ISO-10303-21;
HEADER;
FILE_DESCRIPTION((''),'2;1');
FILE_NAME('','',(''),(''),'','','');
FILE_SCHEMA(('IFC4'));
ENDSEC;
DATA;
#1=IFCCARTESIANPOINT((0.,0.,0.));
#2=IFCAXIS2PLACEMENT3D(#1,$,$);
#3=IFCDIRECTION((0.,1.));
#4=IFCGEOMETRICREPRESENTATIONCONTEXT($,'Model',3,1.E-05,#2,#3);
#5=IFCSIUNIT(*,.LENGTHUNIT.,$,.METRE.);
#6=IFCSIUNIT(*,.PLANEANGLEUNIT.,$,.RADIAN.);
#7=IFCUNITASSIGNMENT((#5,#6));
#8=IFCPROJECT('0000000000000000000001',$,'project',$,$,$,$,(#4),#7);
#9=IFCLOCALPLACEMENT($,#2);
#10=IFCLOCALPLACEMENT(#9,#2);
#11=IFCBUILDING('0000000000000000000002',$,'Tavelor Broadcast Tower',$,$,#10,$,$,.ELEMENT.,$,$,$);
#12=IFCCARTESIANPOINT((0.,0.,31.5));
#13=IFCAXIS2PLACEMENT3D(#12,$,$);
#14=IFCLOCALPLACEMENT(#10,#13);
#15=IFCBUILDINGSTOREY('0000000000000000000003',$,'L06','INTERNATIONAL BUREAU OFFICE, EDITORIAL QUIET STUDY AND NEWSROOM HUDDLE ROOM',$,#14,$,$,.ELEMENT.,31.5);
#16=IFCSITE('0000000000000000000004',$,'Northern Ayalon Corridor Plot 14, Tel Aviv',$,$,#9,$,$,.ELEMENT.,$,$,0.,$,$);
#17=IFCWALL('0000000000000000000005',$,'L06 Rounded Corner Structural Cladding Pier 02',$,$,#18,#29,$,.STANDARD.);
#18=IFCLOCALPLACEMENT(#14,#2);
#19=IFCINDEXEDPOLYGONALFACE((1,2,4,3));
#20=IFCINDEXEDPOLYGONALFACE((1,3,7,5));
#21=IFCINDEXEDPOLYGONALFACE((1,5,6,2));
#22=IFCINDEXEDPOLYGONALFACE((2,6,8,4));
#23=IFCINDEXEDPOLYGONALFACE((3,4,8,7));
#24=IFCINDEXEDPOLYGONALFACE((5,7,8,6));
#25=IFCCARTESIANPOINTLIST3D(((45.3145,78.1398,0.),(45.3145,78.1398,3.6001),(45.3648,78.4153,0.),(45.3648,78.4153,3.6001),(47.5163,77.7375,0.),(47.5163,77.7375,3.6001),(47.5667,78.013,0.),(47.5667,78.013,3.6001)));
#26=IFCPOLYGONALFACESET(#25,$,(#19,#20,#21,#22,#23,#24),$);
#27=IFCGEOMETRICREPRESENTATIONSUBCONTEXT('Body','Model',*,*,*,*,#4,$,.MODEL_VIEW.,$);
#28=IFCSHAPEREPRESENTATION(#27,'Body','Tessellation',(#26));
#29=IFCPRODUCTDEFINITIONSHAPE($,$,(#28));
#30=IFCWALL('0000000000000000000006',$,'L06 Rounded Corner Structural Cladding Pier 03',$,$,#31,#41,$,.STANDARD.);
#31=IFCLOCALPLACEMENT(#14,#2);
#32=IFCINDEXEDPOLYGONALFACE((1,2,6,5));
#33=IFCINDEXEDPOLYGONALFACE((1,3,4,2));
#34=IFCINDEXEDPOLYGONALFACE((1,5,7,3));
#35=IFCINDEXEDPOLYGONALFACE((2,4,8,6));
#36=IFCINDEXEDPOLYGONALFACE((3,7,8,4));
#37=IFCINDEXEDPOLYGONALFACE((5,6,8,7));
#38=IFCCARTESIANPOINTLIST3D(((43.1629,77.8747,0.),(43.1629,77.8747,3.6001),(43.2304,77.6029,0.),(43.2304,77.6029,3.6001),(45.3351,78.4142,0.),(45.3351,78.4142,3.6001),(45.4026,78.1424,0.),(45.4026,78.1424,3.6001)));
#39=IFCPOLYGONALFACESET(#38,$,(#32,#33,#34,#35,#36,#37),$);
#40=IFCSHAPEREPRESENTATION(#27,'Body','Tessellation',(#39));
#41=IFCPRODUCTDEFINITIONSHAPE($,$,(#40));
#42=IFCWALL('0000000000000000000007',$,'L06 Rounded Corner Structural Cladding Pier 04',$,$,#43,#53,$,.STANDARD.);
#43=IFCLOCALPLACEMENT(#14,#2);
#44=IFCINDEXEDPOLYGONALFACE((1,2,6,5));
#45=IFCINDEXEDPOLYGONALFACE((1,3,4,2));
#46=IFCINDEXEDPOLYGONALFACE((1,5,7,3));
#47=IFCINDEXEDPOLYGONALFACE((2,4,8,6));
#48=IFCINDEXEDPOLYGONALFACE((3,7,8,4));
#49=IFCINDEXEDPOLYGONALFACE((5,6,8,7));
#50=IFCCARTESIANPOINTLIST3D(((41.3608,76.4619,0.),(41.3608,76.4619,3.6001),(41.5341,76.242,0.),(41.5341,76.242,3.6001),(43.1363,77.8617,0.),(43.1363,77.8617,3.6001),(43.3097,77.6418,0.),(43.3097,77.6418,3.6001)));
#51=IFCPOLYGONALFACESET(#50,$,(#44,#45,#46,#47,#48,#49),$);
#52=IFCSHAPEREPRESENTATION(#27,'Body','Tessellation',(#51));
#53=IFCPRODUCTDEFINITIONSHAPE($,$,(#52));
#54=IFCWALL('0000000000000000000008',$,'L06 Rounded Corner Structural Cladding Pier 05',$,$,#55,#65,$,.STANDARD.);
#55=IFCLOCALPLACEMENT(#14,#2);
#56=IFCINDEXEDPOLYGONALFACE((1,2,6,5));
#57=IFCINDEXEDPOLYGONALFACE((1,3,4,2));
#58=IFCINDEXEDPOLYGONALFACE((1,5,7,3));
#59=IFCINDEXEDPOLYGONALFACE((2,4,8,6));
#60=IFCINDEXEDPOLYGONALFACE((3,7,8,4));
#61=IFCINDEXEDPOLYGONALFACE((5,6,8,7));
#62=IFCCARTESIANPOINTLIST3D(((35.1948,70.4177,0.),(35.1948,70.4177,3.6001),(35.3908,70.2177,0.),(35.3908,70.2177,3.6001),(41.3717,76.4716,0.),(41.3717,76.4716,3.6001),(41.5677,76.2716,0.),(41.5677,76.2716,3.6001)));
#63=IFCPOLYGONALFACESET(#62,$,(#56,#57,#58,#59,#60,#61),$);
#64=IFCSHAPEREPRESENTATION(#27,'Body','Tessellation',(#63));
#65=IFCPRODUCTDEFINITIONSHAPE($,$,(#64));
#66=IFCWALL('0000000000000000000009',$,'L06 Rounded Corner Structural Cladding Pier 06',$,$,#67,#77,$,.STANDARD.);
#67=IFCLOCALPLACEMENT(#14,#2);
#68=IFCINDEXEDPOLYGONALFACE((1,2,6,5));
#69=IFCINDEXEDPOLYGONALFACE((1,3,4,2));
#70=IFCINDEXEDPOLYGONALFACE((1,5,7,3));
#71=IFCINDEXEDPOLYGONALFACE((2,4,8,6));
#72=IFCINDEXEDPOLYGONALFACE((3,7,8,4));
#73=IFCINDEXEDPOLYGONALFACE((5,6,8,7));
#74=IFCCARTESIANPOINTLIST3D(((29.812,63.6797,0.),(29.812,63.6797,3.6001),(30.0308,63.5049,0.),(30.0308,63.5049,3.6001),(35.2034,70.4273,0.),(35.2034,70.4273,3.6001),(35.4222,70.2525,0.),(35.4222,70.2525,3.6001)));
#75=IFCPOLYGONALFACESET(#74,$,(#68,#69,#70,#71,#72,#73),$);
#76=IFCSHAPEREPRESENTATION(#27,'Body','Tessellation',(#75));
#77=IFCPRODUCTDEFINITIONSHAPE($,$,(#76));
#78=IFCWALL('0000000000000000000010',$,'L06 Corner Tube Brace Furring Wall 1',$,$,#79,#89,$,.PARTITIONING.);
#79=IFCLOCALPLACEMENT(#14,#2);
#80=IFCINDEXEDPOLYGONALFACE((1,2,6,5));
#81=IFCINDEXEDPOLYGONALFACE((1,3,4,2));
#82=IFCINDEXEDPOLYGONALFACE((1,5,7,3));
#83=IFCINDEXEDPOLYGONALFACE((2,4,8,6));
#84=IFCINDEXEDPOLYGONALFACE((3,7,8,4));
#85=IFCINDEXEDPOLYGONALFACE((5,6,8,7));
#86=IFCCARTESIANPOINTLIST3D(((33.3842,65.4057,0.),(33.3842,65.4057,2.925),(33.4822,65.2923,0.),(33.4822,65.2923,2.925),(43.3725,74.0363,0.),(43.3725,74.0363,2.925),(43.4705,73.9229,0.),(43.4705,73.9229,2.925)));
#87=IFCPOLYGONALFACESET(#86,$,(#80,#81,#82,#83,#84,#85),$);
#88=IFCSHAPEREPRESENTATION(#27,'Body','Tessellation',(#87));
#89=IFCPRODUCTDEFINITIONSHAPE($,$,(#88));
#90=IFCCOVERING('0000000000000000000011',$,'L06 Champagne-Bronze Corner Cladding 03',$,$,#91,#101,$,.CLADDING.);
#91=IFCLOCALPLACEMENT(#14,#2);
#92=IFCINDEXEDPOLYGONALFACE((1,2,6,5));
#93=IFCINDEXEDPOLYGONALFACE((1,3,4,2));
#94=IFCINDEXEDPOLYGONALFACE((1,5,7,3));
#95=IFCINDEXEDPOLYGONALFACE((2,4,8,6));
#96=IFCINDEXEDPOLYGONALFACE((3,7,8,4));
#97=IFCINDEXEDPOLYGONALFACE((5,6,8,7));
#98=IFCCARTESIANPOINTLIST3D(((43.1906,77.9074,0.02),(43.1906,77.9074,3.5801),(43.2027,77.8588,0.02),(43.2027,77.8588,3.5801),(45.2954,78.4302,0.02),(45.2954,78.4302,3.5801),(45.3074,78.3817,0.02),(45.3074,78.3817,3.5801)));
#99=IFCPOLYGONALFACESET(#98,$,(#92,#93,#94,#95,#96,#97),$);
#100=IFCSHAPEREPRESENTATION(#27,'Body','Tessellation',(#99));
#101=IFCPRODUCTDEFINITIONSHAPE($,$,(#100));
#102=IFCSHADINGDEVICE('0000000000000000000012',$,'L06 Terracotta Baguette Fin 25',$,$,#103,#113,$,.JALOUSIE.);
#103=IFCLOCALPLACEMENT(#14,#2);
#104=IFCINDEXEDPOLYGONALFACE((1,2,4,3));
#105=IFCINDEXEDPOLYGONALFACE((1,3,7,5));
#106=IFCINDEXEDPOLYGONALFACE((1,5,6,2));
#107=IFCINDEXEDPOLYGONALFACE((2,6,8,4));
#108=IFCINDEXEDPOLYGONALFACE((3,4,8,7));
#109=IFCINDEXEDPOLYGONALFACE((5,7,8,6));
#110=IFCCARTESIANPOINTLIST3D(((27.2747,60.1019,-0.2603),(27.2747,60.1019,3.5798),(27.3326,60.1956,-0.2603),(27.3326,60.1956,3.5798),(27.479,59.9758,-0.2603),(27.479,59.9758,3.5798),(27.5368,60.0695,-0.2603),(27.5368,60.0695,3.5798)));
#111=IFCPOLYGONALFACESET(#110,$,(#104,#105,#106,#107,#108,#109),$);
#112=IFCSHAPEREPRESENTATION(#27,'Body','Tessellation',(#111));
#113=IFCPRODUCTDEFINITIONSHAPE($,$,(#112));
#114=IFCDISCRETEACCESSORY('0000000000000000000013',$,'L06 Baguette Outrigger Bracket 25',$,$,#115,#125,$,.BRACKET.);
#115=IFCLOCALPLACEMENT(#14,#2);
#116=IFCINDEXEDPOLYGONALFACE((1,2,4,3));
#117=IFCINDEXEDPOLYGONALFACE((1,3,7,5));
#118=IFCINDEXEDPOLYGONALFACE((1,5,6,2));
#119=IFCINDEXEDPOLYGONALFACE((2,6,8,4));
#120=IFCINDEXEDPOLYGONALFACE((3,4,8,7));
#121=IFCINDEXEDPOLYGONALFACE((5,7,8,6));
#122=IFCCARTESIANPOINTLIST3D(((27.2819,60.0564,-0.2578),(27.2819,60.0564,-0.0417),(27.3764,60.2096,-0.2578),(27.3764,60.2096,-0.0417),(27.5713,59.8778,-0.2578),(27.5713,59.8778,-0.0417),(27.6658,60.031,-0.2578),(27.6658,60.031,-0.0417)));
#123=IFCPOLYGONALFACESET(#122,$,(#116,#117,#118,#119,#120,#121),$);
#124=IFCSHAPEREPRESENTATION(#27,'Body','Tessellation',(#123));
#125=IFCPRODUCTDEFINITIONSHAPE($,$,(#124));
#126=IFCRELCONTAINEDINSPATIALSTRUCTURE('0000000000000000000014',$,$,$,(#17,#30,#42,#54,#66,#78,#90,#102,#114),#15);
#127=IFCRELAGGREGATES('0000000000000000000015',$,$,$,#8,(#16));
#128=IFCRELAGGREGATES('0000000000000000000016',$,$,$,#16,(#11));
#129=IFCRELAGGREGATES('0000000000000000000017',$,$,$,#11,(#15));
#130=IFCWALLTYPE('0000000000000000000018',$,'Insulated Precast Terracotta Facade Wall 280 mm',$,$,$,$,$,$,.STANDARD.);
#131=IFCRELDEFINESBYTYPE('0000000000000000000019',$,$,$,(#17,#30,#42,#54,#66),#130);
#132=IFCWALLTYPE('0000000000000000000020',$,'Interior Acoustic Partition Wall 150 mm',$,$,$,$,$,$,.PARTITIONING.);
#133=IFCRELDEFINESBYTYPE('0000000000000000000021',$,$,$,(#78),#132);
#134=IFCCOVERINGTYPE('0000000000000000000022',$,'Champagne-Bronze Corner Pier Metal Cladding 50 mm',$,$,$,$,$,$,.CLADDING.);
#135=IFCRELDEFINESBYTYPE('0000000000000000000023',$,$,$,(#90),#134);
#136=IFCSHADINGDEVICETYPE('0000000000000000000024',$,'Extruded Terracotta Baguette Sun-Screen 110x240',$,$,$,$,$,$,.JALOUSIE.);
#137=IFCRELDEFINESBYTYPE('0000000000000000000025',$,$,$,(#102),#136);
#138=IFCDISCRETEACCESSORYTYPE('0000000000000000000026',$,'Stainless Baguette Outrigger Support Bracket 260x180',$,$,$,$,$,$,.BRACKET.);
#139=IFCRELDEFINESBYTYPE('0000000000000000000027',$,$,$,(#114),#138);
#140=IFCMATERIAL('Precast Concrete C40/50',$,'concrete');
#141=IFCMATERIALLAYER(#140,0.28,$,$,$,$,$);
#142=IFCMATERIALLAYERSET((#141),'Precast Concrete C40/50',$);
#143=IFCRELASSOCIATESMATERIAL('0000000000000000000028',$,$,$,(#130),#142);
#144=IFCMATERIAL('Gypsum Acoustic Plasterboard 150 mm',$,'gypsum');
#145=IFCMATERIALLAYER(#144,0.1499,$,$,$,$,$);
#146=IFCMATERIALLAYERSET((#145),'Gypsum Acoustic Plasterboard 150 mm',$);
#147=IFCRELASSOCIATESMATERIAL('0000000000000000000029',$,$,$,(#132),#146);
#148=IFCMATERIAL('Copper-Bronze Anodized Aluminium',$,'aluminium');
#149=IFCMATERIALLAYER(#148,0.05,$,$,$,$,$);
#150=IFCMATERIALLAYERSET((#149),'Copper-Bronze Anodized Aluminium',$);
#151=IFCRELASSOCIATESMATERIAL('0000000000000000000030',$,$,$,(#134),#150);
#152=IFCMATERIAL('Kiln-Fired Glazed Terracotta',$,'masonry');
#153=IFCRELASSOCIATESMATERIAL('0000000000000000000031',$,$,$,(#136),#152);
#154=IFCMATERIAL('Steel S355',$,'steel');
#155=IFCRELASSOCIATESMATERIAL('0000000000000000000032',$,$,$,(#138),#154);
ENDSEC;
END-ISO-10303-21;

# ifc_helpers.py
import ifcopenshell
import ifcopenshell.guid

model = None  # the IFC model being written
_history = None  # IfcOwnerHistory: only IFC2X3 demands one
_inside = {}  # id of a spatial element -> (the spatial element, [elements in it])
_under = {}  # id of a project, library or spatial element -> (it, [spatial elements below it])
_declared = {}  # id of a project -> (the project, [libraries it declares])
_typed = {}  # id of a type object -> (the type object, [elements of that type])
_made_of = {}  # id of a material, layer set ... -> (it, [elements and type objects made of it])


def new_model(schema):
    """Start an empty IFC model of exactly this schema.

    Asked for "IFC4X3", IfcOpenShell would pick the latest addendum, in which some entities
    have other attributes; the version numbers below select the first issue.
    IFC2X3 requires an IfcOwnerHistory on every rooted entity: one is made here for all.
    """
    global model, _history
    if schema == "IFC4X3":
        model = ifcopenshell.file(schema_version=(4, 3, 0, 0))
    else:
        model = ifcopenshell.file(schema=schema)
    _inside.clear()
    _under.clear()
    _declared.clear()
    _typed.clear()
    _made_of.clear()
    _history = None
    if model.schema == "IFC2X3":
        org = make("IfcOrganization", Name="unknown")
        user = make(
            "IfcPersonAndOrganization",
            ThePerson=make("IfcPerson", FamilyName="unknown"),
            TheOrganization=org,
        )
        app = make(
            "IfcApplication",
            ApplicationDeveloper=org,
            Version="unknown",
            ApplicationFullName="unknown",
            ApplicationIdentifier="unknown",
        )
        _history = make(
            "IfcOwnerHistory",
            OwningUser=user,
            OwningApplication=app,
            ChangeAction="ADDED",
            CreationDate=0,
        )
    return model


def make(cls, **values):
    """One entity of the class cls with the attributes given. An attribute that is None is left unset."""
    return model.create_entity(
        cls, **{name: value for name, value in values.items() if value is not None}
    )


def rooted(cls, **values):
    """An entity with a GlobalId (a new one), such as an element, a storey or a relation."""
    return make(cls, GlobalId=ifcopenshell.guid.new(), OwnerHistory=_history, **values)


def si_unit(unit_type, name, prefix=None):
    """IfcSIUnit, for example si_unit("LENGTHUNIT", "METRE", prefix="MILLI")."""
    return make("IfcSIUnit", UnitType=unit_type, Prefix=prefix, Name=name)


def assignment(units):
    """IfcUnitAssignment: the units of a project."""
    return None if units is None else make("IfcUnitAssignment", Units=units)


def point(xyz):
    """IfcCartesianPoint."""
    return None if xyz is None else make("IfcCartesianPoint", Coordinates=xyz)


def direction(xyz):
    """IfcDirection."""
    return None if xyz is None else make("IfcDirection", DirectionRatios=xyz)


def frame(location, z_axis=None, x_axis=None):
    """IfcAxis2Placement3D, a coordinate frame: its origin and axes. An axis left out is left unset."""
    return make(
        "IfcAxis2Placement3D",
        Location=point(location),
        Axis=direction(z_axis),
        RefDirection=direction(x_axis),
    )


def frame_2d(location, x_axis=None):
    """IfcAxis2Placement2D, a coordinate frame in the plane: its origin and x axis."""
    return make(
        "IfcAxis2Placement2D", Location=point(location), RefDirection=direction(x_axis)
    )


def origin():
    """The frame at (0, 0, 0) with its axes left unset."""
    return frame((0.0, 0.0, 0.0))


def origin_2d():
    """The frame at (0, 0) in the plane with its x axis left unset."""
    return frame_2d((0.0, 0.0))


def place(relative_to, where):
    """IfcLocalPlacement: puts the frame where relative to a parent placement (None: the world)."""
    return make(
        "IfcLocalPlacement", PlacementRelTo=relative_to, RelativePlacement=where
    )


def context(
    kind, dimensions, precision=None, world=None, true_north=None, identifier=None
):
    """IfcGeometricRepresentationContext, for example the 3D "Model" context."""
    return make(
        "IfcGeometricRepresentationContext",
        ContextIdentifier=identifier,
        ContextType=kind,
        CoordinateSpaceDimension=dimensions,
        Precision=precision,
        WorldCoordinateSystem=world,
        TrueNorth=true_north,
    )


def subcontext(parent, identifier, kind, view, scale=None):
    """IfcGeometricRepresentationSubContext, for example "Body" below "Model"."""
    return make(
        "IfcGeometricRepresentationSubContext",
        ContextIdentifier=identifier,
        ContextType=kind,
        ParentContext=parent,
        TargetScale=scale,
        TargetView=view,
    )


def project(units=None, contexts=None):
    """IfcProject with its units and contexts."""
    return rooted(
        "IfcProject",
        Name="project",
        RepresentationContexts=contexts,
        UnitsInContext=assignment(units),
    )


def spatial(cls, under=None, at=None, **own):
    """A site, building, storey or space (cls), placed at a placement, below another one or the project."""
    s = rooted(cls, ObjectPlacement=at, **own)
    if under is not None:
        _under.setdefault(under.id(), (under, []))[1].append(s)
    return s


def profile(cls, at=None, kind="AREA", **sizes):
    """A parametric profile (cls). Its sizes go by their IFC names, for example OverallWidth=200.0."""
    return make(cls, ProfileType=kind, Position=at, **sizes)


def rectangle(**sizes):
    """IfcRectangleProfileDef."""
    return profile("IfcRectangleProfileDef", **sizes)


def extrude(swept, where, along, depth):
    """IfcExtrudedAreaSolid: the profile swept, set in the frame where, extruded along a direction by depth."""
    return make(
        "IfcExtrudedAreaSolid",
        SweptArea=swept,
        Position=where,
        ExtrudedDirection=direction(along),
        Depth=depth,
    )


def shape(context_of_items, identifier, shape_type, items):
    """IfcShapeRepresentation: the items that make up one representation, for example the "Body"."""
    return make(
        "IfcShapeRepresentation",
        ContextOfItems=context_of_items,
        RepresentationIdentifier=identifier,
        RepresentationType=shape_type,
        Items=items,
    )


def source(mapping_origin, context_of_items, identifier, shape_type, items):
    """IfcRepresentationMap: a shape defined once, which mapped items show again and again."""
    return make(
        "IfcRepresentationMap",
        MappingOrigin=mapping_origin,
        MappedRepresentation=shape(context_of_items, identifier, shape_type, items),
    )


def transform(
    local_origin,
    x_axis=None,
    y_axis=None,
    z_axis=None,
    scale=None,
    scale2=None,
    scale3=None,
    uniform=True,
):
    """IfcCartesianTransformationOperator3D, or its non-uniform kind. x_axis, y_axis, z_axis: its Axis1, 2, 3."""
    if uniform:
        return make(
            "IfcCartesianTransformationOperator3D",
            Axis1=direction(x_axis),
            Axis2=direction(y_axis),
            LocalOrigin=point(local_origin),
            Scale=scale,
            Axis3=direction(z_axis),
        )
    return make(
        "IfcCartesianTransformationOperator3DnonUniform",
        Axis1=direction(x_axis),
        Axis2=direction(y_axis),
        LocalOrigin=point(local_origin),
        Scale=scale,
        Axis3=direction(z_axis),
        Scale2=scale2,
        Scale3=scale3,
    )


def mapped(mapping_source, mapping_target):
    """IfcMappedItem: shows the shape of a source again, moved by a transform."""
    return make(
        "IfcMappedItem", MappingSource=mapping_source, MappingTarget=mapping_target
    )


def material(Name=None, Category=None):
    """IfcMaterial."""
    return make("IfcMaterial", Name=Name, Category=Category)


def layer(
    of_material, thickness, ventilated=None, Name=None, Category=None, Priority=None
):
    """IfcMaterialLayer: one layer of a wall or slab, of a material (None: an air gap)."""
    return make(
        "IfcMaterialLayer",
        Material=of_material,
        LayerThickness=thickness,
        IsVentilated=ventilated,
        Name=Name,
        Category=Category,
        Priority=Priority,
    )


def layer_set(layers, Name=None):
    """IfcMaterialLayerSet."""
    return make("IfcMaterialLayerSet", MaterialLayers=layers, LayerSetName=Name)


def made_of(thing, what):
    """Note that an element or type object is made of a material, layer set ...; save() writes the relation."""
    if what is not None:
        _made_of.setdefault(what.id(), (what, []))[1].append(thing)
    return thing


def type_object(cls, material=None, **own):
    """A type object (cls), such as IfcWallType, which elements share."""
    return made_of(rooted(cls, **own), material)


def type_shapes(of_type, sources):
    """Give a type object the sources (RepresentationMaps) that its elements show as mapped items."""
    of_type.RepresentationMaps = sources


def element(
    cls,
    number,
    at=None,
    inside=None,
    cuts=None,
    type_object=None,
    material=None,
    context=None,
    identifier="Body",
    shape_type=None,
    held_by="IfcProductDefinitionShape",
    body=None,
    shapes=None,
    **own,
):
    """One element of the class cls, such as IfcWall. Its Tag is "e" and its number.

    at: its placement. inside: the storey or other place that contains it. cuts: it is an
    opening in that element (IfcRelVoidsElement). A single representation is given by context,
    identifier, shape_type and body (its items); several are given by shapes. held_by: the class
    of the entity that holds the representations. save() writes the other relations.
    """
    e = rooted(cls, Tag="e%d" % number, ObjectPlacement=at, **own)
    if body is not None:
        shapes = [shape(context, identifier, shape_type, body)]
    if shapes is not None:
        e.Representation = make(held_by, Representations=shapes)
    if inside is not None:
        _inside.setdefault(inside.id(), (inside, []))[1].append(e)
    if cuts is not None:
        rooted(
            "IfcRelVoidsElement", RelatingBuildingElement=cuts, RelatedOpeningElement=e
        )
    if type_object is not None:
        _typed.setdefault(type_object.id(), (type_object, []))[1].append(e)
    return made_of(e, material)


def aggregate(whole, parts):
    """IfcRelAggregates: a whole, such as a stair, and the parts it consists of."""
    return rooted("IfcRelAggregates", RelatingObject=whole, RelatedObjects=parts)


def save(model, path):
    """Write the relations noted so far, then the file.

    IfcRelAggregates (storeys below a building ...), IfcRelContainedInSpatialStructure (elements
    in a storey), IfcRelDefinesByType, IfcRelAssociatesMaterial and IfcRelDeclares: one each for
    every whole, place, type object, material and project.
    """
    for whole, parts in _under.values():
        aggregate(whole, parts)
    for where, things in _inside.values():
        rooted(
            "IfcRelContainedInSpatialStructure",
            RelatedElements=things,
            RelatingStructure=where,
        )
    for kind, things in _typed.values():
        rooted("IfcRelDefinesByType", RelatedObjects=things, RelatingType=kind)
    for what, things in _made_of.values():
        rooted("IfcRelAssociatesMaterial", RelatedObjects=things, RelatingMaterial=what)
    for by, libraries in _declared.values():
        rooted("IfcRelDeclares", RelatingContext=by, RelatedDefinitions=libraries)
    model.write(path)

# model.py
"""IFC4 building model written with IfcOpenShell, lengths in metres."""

from ifc_helpers import new_model, si_unit, direction, frame, frame_2d, origin, origin_2d, place, context, subcontext, project, spatial, rectangle, extrude, source, transform, mapped, material, layer, layer_set, type_object, type_shapes, element, save


model = new_model("IFC4")

# Units and contexts
model_context = context("Model", 3, precision=1e-05, world=origin(), true_north=direction((0.0, 1.0)))
body_context = subcontext(model_context, "Body", "Model", "MODEL_VIEW")
ifc_project = project(units=[si_unit("LENGTHUNIT", "METRE"), si_unit("PLANEANGLEUNIT", "RADIAN")], contexts=[model_context])

# Site, building, storey
site_placement = place(None, origin())
site = spatial("IfcSite", under=ifc_project, at=site_placement, Name="Northern Ayalon Corridor Plot 14, Tel Aviv", CompositionType="ELEMENT", RefElevation=0.0)
building_placement = place(site_placement, origin())
building = spatial("IfcBuilding", under=site, at=building_placement, Name="Tavelor Broadcast Tower", CompositionType="ELEMENT")
storey_placement = place(building_placement, frame((0.0, 0.0, 31.5)))
storey = spatial("IfcBuildingStorey", under=building, at=storey_placement, Name="L06", Description="INTERNATIONAL BUREAU OFFICE, EDITORIAL QUIET STUDY AND NEWSROOM HUDDLE ROOM", CompositionType="ELEMENT", Elevation=31.5)

# Shared definitions
ifc_material_1 = material(Name="Steel S355", Category="steel")

# Walls
ifc_material_2 = material(Name="Precast Concrete C40/50", Category="concrete")
ifc_layer_1 = layer(ifc_material_2, 0.28)
ifc_layer_set_1 = layer_set([ifc_layer_1], Name="Precast Concrete C40/50")
wall_type_1 = type_object("IfcWallType", Name="Insulated Precast Terracotta Facade Wall 280 mm", PredefinedType="STANDARD", material=ifc_layer_set_1)
for number, where, z_axis, x_axis, name in (
    (1, (47.5415, 77.8752, 0.0), (0.0, 0.0, 1.0), (-0.983712, 0.179749, 0.0), "L06 Rounded Corner Structural Cladding Pier 02"),
    (2, (45.3689, 78.2783, 0.0), (0.0, 0.0, 1.0), (-0.970513, -0.241047, 0.0), "L06 Rounded Corner Structural Cladding Pier 03"),
):
    element("IfcWall", number, at=place(storey_placement, frame(where, z_axis=z_axis, x_axis=x_axis)), inside=storey, type_object=wall_type_1, Name=name, PredefinedType="STANDARD", context=body_context, shape_type="SweptSolid", body=[
        extrude(rectangle(XDim=2.2383, YDim=0.28, at=frame_2d((1.1191, 0.0))), origin(), (0.0, 0.0, 1.0), 3.6001),
    ])
wall_1_placement = place(storey_placement, frame((43.2229, 77.7517, 0.0), z_axis=(0.0, 0.0, 1.0), x_axis=(-0.785294, -0.619123, 0.0)))
element("IfcWall", 3, at=wall_1_placement, inside=storey, type_object=wall_type_1, Name="L06 Rounded Corner Structural Cladding Pier 04", PredefinedType="STANDARD", context=body_context, shape_type="SweptSolid", body=[
    extrude(rectangle(XDim=2.261, YDim=0.28, at=frame_2d((1.1304, 0.0))), origin(), (0.0, 0.0, 1.0), 3.6001),
])
wall_2_placement = place(storey_placement, frame((41.4697, 76.3716, 0.0), z_axis=(0.0, 0.0, 1.0), x_axis=(-0.714184, -0.699958, 0.0)))
element("IfcWall", 4, at=wall_2_placement, inside=storey, type_object=wall_type_1, Name="L06 Rounded Corner Structural Cladding Pier 05", PredefinedType="STANDARD", context=body_context, shape_type="SweptSolid", body=[
    extrude(rectangle(XDim=8.6489, YDim=0.28, at=frame_2d((4.3245, 0.0))), origin(), (0.0, 0.0, 1.0), 3.6001),
])
wall_3_placement = place(storey_placement, frame((35.3127, 70.3398, 0.0), z_axis=(0.0, 0.0, 1.0), x_axis=(-0.624223, -0.781246, 0.0)))
element("IfcWall", 5, at=wall_3_placement, inside=storey, type_object=wall_type_1, Name="L06 Rounded Corner Structural Cladding Pier 06", PredefinedType="STANDARD", context=body_context, shape_type="SweptSolid", body=[
    extrude(rectangle(XDim=8.637, YDim=0.28, at=frame_2d((4.3184, 0.0))), origin(), (0.0, 0.0, 1.0), 3.6001),
])
ifc_material_3 = material(Name="Gypsum Acoustic Plasterboard 150 mm", Category="gypsum")
ifc_layer_2 = layer(ifc_material_3, 0.1499)
ifc_layer_set_2 = layer_set([ifc_layer_2], Name="Gypsum Acoustic Plasterboard 150 mm")
wall_type_2 = type_object("IfcWallType", Name="Interior Acoustic Partition Wall 150 mm", PredefinedType="PARTITIONING", material=ifc_layer_set_2)
wall_4_placement = place(storey_placement, frame((43.4214, 73.9795, 0.0), z_axis=(0.0, 0.0, 1.0), x_axis=(-0.756659, -0.65381, 0.0)))
element("IfcWall", 6, at=wall_4_placement, inside=storey, type_object=wall_type_2, Name="L06 Corner Tube Brace Furring Wall 1", PredefinedType="PARTITIONING", context=body_context, shape_type="SweptSolid", body=[
    extrude(rectangle(XDim=13.2004, YDim=0.1499, at=frame_2d((6.6001, 0.0))), origin(), (0.0, 0.0, 1.0), 2.925),
])

# Covering
ifc_material_4 = material(Name="Copper-Bronze Anodized Aluminium", Category="aluminium")
ifc_layer_3 = layer(ifc_material_4, 0.05)
ifc_layer_set_3 = layer_set([ifc_layer_3], Name="Copper-Bronze Anodized Aluminium")
covering_type = type_object("IfcCoveringType", Name="Champagne-Bronze Corner Pier Metal Cladding 50 mm", PredefinedType="CLADDING", material=ifc_layer_set_3)
covering_placement = place(storey_placement, frame((44.249, 78.1445, 0.02), z_axis=(0.0, 0.0, 1.0), x_axis=(-0.970506, -0.241075, 0.0)))
element("IfcCovering", 7, at=covering_placement, inside=storey, type_object=covering_type, Name="L06 Champagne-Bronze Corner Cladding 03", PredefinedType="CLADDING", context=body_context, shape_type="SweptSolid", body=[
    extrude(rectangle(XDim=2.1687, YDim=0.05, at=origin_2d()), origin(), (0.0, 0.0, 1.0), 3.5601),
])

# Shading device
ifc_material_5 = material(Name="Kiln-Fired Glazed Terracotta", Category="masonry")
shading_device_type = type_object("IfcShadingDeviceType", Name="Extruded Terracotta Baguette Sun-Screen 110x240", PredefinedType="JALOUSIE", material=ifc_material_5)
shared_shape_1 = source(origin(), body_context, "Body", "SweptSolid", [
    extrude(rectangle(XDim=0.1101, YDim=0.24, at=origin_2d()), origin(), (0.0, 0.0, 1.0), 3.8401),
])
type_shapes(shading_device_type, [shared_shape_1])
shading_device_placement = place(storey_placement, frame((27.4058, 60.0857, -0.2603), z_axis=(0.0, 0.0, 1.0), x_axis=(-0.525175, -0.850994, 0.0)))
element("IfcShadingDevice", 8, at=shading_device_placement, inside=storey, type_object=shading_device_type, Name="L06 Terracotta Baguette Fin 25", PredefinedType="JALOUSIE", context=body_context, shape_type="MappedRepresentation", body=[
    mapped(shared_shape_1, transform((0.0, 0.0, 0.0), scale=1.0)),
])

# Discrete accessory
discrete_accessory_type = type_object("IfcDiscreteAccessoryType", Name="Stainless Baguette Outrigger Support Bracket 260x180", PredefinedType="BRACKET", material=ifc_material_1)
shared_shape_2 = source(origin(), body_context, "Body", "SweptSolid", [
    extrude(rectangle(XDim=0.1799, YDim=0.3401, at=origin_2d()), origin(), (0.0, 0.0, 1.0), 0.2161),
])
type_shapes(discrete_accessory_type, [shared_shape_2])
discrete_accessory_placement = place(storey_placement, frame((27.4739, 60.0437, -0.2578), z_axis=(0.0, 0.0, 1.0), x_axis=(-0.525175, -0.850994, 0.0)))
element("IfcDiscreteAccessory", 9, at=discrete_accessory_placement, inside=storey, type_object=discrete_accessory_type, Name="L06 Baguette Outrigger Bracket 25", PredefinedType="BRACKET", context=body_context, shape_type="MappedRepresentation", body=[
    mapped(shared_shape_2, transform((0.0, 0.0, 0.0), scale=1.0)),
])

save(model, "model.ifc")
